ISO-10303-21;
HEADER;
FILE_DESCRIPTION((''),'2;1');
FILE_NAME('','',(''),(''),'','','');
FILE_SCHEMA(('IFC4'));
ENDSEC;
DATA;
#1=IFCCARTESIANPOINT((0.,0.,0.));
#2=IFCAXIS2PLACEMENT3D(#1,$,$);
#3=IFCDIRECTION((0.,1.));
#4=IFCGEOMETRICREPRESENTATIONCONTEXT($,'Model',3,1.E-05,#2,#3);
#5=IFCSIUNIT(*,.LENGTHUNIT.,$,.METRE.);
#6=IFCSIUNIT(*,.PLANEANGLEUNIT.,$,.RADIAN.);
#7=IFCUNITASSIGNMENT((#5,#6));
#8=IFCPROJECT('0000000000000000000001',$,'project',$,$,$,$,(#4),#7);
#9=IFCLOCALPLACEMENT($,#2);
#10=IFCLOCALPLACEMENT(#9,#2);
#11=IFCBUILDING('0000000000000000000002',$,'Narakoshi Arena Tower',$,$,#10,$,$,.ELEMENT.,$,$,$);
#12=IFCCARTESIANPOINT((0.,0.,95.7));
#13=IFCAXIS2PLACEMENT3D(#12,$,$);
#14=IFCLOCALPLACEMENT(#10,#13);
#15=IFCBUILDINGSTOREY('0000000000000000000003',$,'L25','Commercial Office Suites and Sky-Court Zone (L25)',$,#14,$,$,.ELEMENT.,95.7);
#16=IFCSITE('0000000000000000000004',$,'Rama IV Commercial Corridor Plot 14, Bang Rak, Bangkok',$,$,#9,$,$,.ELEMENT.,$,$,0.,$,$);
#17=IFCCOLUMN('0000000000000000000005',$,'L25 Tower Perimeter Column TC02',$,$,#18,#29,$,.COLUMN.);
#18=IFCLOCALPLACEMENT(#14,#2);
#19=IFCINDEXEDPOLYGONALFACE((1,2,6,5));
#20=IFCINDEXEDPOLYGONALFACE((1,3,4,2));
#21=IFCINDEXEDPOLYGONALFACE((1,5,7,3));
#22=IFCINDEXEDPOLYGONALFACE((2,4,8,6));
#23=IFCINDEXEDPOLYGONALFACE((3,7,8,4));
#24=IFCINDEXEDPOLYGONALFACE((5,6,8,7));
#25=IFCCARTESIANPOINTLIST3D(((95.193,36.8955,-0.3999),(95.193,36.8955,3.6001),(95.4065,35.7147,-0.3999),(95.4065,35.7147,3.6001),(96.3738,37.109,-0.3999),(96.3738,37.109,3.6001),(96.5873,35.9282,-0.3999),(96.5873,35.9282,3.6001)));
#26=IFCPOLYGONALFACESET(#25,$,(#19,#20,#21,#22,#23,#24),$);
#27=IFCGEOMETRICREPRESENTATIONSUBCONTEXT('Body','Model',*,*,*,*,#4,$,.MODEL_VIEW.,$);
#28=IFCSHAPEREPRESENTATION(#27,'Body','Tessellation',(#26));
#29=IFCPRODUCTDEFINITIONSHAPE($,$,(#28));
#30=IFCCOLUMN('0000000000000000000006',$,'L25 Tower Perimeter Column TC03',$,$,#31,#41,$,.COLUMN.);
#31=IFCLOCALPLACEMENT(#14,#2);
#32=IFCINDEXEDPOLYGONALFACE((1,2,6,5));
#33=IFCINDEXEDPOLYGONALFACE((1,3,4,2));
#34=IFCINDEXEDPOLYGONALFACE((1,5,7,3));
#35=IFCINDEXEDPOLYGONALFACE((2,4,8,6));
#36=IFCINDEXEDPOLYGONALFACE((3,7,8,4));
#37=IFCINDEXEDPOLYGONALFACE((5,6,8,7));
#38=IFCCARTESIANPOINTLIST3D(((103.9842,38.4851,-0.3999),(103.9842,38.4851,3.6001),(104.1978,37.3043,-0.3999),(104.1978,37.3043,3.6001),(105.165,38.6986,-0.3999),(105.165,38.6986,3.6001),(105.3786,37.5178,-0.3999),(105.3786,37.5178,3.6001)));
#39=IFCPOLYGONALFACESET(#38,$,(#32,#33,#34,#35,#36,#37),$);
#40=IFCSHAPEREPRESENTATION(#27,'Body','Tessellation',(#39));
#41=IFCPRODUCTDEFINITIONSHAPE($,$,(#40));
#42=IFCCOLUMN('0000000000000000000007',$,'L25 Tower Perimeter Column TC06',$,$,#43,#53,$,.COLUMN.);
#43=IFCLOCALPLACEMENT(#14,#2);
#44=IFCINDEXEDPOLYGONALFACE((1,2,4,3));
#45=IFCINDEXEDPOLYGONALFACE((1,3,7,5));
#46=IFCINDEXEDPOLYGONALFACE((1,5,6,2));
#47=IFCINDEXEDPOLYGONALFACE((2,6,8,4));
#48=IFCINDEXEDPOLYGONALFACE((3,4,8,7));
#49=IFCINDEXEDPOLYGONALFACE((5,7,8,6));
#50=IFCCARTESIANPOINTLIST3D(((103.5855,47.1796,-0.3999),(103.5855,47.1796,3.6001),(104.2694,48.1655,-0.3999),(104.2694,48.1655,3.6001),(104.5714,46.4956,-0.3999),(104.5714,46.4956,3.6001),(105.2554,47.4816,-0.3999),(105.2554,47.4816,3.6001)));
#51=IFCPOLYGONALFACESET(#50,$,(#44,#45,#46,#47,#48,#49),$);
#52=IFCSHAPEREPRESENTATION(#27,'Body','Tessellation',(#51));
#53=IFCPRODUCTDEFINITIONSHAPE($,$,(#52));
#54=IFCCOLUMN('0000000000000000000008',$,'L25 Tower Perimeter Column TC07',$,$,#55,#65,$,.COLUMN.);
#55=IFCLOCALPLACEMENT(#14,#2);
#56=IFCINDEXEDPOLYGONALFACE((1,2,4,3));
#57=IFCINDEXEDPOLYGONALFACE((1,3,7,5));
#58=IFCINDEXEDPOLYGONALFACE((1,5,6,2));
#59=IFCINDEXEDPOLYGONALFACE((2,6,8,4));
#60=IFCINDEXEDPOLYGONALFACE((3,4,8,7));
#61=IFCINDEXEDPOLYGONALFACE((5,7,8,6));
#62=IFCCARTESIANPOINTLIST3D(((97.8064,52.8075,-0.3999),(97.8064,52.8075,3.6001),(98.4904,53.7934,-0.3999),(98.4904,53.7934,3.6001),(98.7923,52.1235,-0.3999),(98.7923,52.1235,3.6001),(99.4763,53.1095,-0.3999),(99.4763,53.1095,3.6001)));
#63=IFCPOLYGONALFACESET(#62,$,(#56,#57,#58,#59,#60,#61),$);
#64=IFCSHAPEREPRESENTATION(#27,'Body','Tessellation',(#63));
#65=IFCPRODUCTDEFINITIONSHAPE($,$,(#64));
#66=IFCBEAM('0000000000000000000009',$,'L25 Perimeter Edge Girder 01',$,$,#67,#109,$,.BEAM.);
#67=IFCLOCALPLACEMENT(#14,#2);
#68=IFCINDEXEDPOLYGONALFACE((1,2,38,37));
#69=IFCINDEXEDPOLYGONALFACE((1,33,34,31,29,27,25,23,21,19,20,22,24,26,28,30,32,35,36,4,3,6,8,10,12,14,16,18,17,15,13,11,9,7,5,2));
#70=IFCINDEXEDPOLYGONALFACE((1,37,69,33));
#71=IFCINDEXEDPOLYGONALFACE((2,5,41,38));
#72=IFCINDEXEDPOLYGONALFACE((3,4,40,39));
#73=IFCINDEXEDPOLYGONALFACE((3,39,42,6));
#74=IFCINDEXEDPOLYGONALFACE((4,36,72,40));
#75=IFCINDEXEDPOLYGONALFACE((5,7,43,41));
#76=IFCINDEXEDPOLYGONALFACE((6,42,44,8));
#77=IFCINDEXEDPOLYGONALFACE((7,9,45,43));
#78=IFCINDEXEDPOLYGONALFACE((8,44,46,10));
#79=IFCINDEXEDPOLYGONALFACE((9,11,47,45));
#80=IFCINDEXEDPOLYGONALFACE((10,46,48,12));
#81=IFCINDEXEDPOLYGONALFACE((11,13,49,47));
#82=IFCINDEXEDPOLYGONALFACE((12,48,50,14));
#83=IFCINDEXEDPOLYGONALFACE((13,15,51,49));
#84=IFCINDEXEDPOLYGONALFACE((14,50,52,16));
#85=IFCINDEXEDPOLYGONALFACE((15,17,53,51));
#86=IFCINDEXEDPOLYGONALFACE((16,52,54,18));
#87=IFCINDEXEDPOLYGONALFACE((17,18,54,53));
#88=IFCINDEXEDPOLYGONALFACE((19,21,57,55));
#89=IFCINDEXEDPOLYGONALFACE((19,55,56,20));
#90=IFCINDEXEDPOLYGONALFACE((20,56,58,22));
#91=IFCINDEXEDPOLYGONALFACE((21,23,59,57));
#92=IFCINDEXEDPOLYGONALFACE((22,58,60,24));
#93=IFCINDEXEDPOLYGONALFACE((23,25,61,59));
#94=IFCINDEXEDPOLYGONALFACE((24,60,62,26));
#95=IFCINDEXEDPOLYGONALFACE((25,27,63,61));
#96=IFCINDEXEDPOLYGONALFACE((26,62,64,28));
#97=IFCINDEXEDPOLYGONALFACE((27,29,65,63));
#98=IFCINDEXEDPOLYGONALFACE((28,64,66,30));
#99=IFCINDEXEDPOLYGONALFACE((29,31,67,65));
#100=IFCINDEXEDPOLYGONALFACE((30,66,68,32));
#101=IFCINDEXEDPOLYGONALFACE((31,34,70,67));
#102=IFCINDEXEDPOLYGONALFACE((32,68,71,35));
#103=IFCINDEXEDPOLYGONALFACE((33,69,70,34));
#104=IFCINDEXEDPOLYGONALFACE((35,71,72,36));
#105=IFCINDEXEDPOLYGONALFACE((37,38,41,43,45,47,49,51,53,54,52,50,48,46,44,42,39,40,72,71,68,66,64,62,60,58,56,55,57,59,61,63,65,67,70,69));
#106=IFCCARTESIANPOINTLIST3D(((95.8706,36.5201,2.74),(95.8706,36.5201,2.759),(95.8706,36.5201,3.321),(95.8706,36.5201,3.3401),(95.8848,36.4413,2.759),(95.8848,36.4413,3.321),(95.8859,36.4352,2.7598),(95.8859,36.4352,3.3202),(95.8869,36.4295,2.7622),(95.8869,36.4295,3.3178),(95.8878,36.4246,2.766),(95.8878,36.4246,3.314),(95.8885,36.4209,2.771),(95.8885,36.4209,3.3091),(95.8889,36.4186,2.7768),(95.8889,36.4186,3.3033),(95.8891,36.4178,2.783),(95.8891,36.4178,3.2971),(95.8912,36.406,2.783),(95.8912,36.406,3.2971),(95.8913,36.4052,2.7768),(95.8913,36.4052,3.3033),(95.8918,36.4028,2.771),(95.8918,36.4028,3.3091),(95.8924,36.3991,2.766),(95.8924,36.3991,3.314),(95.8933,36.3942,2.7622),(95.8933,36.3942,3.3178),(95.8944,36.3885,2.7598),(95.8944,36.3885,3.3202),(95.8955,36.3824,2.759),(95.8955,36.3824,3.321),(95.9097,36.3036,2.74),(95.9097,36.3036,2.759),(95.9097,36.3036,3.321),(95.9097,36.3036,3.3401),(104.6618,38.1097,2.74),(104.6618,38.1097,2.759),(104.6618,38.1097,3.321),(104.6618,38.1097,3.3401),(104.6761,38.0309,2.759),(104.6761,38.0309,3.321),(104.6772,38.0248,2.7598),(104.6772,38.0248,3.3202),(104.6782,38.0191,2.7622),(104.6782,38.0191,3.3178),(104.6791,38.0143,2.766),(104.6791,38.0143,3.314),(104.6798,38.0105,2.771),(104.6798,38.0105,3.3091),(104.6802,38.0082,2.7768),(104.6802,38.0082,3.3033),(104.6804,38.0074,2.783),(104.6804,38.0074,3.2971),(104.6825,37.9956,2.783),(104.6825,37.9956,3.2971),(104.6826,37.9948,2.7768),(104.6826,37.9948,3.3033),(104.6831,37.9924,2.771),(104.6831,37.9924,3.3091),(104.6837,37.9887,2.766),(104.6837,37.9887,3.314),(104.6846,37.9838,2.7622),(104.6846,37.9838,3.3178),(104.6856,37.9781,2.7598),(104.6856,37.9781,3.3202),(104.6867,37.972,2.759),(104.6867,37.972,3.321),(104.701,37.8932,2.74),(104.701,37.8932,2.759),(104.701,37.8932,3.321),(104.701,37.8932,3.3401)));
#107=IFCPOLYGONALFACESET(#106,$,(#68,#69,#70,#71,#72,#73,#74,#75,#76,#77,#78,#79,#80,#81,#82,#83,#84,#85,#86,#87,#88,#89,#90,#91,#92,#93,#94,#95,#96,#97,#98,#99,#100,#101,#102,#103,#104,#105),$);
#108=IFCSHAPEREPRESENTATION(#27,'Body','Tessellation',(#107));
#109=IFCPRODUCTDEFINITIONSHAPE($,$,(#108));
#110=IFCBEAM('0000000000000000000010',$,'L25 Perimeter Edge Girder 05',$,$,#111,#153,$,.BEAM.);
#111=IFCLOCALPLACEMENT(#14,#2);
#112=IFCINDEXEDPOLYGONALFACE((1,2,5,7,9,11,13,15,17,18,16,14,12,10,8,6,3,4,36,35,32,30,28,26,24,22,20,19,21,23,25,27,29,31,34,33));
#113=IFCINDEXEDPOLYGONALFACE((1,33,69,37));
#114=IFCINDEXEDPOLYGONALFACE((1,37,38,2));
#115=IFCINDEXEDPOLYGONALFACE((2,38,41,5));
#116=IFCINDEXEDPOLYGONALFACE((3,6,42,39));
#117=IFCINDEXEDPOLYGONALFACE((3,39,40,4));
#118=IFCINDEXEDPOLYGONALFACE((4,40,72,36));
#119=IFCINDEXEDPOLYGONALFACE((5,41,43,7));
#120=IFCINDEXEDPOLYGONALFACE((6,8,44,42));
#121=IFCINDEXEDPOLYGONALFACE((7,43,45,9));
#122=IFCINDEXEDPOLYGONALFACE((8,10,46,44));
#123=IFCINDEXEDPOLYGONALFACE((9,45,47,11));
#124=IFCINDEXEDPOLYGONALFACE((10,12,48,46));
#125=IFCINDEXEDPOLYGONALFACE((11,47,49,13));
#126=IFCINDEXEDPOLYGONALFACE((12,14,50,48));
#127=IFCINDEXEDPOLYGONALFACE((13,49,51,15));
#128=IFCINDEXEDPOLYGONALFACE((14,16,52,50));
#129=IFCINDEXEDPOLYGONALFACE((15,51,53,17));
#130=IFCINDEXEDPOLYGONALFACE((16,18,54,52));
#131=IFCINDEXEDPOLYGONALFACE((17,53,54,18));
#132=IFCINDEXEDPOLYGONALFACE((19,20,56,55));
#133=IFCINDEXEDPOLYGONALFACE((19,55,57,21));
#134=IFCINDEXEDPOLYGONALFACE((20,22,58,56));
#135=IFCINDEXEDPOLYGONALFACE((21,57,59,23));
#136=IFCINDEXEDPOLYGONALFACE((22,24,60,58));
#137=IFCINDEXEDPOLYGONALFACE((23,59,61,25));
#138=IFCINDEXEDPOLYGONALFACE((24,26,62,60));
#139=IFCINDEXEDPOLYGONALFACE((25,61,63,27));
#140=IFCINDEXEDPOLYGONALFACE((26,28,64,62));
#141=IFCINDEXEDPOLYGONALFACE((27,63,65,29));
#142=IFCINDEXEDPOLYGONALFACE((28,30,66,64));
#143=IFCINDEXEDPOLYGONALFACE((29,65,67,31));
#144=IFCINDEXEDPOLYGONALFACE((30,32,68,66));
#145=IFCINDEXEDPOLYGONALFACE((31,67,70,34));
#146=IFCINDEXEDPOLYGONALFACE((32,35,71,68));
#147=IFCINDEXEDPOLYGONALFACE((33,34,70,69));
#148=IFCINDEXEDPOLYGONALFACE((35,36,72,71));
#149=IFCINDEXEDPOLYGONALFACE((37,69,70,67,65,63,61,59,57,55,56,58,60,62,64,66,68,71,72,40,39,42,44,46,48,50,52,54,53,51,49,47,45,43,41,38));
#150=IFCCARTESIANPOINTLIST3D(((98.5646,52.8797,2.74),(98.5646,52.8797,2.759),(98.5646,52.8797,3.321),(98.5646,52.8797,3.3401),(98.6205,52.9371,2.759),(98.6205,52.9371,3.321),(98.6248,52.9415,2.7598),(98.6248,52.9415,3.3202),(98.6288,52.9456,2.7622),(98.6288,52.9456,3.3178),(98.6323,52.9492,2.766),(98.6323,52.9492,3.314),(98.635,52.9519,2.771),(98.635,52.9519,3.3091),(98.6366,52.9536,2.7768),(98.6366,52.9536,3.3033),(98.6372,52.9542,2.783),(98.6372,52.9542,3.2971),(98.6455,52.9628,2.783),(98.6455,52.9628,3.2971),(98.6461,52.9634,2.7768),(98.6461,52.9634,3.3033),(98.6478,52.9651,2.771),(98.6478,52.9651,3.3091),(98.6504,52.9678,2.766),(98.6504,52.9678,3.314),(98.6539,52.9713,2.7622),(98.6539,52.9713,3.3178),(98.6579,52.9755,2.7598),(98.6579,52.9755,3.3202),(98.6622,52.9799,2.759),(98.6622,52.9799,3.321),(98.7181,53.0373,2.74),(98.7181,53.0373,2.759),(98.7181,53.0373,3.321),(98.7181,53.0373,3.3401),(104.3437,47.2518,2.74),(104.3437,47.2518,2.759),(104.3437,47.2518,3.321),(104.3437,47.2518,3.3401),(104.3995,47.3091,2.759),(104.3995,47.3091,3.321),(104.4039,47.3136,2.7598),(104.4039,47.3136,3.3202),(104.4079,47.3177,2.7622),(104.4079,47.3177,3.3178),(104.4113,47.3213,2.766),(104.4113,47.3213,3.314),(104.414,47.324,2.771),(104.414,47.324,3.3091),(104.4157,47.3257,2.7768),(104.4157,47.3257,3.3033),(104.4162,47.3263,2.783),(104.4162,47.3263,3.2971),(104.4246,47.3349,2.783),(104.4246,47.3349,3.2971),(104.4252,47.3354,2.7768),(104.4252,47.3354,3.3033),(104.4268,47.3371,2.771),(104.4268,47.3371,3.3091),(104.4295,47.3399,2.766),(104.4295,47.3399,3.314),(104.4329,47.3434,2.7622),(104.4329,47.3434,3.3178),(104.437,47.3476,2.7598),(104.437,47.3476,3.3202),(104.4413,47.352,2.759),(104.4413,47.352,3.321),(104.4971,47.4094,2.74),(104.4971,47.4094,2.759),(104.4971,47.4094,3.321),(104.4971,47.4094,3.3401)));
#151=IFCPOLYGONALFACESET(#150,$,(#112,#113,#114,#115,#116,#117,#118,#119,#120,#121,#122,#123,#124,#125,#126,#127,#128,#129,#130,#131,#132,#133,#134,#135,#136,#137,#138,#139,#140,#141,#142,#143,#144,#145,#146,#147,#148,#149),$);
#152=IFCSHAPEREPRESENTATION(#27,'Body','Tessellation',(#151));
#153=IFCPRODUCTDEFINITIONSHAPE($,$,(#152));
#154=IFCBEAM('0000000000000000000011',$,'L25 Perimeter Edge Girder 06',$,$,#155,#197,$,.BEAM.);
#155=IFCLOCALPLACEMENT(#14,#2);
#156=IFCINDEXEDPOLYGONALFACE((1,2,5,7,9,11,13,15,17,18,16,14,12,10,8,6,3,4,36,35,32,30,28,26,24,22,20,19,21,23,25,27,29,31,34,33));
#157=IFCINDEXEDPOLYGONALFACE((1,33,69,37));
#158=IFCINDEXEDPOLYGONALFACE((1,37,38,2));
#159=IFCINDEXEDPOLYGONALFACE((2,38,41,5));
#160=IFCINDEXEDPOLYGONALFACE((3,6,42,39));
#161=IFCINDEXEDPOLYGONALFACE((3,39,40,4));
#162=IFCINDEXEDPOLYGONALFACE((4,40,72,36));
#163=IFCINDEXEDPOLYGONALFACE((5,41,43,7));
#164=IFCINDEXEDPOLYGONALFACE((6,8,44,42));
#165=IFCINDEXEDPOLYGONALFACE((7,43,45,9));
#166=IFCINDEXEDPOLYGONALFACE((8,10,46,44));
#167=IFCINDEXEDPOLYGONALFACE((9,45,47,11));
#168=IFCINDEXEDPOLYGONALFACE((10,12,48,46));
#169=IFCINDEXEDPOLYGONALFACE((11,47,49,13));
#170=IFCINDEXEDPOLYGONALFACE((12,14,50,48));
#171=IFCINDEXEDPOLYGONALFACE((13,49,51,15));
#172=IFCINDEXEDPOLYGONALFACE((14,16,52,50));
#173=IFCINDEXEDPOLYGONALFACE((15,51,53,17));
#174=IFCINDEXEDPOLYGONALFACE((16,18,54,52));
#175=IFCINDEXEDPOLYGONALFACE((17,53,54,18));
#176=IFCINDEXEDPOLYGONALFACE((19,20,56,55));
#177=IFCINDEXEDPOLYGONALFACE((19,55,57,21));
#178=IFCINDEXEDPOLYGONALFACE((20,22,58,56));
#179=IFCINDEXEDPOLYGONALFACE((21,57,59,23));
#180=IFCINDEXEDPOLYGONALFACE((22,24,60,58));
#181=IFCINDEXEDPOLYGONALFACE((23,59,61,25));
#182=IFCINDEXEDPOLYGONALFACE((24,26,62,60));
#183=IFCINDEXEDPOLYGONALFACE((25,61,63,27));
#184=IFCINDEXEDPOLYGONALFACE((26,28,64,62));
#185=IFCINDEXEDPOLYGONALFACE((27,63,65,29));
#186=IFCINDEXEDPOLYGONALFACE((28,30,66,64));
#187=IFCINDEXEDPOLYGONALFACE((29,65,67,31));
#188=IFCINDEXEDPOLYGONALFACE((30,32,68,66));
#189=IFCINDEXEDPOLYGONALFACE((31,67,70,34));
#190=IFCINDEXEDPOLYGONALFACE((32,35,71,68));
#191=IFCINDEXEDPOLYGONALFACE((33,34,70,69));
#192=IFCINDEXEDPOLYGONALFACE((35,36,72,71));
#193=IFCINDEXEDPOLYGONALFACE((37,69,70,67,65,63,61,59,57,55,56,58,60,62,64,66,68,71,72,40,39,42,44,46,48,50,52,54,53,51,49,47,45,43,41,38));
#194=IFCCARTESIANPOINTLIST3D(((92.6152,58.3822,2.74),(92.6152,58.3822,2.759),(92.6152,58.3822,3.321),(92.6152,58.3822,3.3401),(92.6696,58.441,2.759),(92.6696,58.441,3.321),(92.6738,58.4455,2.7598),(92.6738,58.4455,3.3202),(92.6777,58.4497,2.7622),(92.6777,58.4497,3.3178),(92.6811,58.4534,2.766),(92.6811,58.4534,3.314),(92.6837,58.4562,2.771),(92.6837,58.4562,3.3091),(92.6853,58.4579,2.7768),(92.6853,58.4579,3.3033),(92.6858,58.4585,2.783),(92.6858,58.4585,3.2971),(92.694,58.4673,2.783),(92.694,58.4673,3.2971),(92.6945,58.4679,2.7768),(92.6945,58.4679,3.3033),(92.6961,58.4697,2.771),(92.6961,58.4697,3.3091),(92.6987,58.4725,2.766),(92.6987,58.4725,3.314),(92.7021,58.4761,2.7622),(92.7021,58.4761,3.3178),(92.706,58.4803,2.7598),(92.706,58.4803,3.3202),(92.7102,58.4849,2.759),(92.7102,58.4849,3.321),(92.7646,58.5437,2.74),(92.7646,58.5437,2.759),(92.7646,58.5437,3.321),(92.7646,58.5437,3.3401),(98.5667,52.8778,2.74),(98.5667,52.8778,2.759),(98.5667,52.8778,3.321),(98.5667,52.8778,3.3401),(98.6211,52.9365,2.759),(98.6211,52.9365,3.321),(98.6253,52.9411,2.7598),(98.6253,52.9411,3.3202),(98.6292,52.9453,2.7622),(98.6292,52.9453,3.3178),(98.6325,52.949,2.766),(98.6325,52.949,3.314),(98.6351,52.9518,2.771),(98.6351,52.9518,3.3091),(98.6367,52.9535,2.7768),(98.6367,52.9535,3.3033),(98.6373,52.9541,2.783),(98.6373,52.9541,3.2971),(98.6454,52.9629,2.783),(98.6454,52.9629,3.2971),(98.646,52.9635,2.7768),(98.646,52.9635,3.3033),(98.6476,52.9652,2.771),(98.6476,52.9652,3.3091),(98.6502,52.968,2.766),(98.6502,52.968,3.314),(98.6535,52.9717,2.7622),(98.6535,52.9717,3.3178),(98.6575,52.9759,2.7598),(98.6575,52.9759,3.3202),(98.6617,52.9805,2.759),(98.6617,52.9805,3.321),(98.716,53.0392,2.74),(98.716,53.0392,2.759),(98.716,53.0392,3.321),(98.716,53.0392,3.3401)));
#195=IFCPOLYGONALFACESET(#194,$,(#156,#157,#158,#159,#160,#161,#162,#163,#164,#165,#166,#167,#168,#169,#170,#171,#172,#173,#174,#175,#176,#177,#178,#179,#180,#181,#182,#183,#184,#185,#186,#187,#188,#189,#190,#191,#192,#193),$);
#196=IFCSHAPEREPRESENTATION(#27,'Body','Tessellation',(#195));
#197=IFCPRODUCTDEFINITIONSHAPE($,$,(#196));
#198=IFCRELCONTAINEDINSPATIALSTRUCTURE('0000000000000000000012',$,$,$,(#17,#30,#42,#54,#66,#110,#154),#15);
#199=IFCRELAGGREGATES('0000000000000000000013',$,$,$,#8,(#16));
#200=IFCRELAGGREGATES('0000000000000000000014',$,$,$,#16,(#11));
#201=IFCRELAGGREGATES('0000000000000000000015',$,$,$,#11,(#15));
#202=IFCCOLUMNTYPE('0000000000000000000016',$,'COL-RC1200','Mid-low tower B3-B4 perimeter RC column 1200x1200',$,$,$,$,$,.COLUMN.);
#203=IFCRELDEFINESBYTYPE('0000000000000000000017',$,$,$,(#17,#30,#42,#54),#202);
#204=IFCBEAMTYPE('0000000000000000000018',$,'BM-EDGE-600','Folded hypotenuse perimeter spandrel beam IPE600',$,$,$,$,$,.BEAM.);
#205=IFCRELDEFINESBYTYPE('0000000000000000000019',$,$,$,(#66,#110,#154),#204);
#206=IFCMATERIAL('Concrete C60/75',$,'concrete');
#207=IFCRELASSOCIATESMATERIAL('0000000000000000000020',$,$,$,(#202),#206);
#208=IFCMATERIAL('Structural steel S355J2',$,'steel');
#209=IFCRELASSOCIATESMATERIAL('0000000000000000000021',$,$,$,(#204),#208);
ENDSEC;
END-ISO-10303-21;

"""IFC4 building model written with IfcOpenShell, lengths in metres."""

from ifc_helpers import new_model, si_unit, direction, frame, origin, origin_2d, place, context, subcontext, project, spatial, rectangle, i_section, extrude, material, material_profile, profile_set, type_object, element, save


model = new_model("IFC4")

# Units and contexts
model_context = context("Model", 3, precision=1e-05, world=origin(), true_north=direction((0.0, 1.0)))
body_context = subcontext(model_context, "Body", "Model", "MODEL_VIEW")
ifc_project = project(units=[si_unit("LENGTHUNIT", "METRE"), si_unit("PLANEANGLEUNIT", "RADIAN")], contexts=[model_context])

# Site, building, storey
site_placement = place(None, origin())
site = spatial("IfcSite", under=ifc_project, at=site_placement, Name="Rama IV Commercial Corridor Plot 14, Bang Rak, Bangkok", CompositionType="ELEMENT", RefElevation=0.0)
building_placement = place(site_placement, origin())
building = spatial("IfcBuilding", under=site, at=building_placement, Name="Narakoshi Arena Tower", CompositionType="ELEMENT")
storey_placement = place(building_placement, frame((0.0, 0.0, 95.7)))
storey = spatial("IfcBuildingStorey", under=building, at=storey_placement, Name="L25", Description="Commercial Office Suites and Sky-Court Zone (L25)", CompositionType="ELEMENT", Elevation=95.7)

# Columns
ifc_material_1 = material(Name="Concrete C60/75", Category="concrete")
ifc_material_profile_1 = material_profile(ifc_material_1, rectangle(XDim=1.2, YDim=1.2, at=origin_2d()), Name="RC1200x1200")
ifc_profile_set_1 = profile_set([ifc_material_profile_1], Name="Concrete C60/75")
column_type = type_object("IfcColumnType", Name="COL-RC1200", Description="Mid-low tower B3-B4 perimeter RC column 1200x1200", PredefinedType="COLUMN", material=ifc_profile_set_1)
for number, where, z_axis, x_axis, name in (
    (1, (95.8901, 36.4119, -0.3999), (0.0, 0.0, 1.0), (0.984041, 0.177944, 0.0), "L25 Tower Perimeter Column TC02"),
    (2, (104.6814, 38.0015, -0.3999), (0.0, 0.0, 1.0), (0.984041, 0.177944, 0.0), "L25 Tower Perimeter Column TC03"),
    (3, (104.4204, 47.3306, -0.3999), (0.0, 0.0, 1.0), (0.569997, 0.821647, 0.0), "L25 Tower Perimeter Column TC06"),
    (4, (98.6414, 52.9585, -0.3999), (0.0, 0.0, 1.0), (0.569997, 0.821647, 0.0), "L25 Tower Perimeter Column TC07"),
):
    element("IfcColumn", number, at=place(storey_placement, frame(where, z_axis=z_axis, x_axis=x_axis)), inside=storey, type_object=column_type, Name=name, PredefinedType="COLUMN", context=body_context, shape_type="SweptSolid", body=[
        extrude(rectangle(XDim=1.2, YDim=1.2, at=origin_2d()), origin(), (0.0, 0.0, 1.0), 4.0),
    ])

# Beams
ifc_material_2 = material(Name="Structural steel S355J2", Category="steel")
ifc_material_profile_2 = material_profile(ifc_material_2, i_section(OverallWidth=0.22, OverallDepth=0.6001, WebThickness=0.012, FlangeThickness=0.019, FilletRadius=0.0239, at=origin_2d()), Name="IPE600")
ifc_profile_set_2 = profile_set([ifc_material_profile_2], Name="Structural steel S355J2")
beam_type_1 = type_object("IfcBeamType", Name="BM-EDGE-600", Description="Folded hypotenuse perimeter spandrel beam IPE600", PredefinedType="BEAM", material=ifc_profile_set_2)
beam_1_placement = place(storey_placement, frame((95.8901, 36.4119, 3.04), z_axis=(0.984043, 0.177931, 0.0), x_axis=(-0.177931, 0.984043, 0.0)))
element("IfcBeam", 5, at=beam_1_placement, inside=storey, type_object=beam_type_1, Name="L25 Perimeter Edge Girder 01", PredefinedType="BEAM", context=body_context, shape_type="SweptSolid", body=[
    extrude(i_section(OverallWidth=0.22, OverallDepth=0.6001, WebThickness=0.012, FlangeThickness=0.019, FilletRadius=0.0239, at=origin_2d()), origin(), (0.0, 0.0, 1.0), 8.9338),
])
beam_2_placement = place(storey_placement, frame((104.4204, 47.3306, 3.04), z_axis=(-0.716412, 0.697678, 0.0), x_axis=(-0.697678, -0.716412, 0.0)))
element("IfcBeam", 6, at=beam_2_placement, inside=storey, type_object=beam_type_1, Name="L25 Perimeter Edge Girder 05", PredefinedType="BEAM", context=body_context, shape_type="SweptSolid", body=[
    extrude(i_section(OverallWidth=0.22, OverallDepth=0.6001, WebThickness=0.012, FlangeThickness=0.019, FilletRadius=0.0239, at=origin_2d()), origin(), (0.0, 0.0, 1.0), 8.0667),
])
beam_3_placement = place(storey_placement, frame((98.6414, 52.9585, 3.04), z_axis=(-0.73414, 0.678998, 0.0), x_axis=(-0.678998, -0.73414, 0.0)))
element("IfcBeam", 7, at=beam_3_placement, inside=storey, type_object=beam_type_1, Name="L25 Perimeter Edge Girder 06", PredefinedType="BEAM", context=body_context, shape_type="SweptSolid", body=[
    extrude(i_section(OverallWidth=0.22, OverallDepth=0.6001, WebThickness=0.012, FlangeThickness=0.019, FilletRadius=0.0239, at=origin_2d()), origin(), (0.0, 0.0, 1.0), 8.1067),
])

save(model, "model.ifc")
